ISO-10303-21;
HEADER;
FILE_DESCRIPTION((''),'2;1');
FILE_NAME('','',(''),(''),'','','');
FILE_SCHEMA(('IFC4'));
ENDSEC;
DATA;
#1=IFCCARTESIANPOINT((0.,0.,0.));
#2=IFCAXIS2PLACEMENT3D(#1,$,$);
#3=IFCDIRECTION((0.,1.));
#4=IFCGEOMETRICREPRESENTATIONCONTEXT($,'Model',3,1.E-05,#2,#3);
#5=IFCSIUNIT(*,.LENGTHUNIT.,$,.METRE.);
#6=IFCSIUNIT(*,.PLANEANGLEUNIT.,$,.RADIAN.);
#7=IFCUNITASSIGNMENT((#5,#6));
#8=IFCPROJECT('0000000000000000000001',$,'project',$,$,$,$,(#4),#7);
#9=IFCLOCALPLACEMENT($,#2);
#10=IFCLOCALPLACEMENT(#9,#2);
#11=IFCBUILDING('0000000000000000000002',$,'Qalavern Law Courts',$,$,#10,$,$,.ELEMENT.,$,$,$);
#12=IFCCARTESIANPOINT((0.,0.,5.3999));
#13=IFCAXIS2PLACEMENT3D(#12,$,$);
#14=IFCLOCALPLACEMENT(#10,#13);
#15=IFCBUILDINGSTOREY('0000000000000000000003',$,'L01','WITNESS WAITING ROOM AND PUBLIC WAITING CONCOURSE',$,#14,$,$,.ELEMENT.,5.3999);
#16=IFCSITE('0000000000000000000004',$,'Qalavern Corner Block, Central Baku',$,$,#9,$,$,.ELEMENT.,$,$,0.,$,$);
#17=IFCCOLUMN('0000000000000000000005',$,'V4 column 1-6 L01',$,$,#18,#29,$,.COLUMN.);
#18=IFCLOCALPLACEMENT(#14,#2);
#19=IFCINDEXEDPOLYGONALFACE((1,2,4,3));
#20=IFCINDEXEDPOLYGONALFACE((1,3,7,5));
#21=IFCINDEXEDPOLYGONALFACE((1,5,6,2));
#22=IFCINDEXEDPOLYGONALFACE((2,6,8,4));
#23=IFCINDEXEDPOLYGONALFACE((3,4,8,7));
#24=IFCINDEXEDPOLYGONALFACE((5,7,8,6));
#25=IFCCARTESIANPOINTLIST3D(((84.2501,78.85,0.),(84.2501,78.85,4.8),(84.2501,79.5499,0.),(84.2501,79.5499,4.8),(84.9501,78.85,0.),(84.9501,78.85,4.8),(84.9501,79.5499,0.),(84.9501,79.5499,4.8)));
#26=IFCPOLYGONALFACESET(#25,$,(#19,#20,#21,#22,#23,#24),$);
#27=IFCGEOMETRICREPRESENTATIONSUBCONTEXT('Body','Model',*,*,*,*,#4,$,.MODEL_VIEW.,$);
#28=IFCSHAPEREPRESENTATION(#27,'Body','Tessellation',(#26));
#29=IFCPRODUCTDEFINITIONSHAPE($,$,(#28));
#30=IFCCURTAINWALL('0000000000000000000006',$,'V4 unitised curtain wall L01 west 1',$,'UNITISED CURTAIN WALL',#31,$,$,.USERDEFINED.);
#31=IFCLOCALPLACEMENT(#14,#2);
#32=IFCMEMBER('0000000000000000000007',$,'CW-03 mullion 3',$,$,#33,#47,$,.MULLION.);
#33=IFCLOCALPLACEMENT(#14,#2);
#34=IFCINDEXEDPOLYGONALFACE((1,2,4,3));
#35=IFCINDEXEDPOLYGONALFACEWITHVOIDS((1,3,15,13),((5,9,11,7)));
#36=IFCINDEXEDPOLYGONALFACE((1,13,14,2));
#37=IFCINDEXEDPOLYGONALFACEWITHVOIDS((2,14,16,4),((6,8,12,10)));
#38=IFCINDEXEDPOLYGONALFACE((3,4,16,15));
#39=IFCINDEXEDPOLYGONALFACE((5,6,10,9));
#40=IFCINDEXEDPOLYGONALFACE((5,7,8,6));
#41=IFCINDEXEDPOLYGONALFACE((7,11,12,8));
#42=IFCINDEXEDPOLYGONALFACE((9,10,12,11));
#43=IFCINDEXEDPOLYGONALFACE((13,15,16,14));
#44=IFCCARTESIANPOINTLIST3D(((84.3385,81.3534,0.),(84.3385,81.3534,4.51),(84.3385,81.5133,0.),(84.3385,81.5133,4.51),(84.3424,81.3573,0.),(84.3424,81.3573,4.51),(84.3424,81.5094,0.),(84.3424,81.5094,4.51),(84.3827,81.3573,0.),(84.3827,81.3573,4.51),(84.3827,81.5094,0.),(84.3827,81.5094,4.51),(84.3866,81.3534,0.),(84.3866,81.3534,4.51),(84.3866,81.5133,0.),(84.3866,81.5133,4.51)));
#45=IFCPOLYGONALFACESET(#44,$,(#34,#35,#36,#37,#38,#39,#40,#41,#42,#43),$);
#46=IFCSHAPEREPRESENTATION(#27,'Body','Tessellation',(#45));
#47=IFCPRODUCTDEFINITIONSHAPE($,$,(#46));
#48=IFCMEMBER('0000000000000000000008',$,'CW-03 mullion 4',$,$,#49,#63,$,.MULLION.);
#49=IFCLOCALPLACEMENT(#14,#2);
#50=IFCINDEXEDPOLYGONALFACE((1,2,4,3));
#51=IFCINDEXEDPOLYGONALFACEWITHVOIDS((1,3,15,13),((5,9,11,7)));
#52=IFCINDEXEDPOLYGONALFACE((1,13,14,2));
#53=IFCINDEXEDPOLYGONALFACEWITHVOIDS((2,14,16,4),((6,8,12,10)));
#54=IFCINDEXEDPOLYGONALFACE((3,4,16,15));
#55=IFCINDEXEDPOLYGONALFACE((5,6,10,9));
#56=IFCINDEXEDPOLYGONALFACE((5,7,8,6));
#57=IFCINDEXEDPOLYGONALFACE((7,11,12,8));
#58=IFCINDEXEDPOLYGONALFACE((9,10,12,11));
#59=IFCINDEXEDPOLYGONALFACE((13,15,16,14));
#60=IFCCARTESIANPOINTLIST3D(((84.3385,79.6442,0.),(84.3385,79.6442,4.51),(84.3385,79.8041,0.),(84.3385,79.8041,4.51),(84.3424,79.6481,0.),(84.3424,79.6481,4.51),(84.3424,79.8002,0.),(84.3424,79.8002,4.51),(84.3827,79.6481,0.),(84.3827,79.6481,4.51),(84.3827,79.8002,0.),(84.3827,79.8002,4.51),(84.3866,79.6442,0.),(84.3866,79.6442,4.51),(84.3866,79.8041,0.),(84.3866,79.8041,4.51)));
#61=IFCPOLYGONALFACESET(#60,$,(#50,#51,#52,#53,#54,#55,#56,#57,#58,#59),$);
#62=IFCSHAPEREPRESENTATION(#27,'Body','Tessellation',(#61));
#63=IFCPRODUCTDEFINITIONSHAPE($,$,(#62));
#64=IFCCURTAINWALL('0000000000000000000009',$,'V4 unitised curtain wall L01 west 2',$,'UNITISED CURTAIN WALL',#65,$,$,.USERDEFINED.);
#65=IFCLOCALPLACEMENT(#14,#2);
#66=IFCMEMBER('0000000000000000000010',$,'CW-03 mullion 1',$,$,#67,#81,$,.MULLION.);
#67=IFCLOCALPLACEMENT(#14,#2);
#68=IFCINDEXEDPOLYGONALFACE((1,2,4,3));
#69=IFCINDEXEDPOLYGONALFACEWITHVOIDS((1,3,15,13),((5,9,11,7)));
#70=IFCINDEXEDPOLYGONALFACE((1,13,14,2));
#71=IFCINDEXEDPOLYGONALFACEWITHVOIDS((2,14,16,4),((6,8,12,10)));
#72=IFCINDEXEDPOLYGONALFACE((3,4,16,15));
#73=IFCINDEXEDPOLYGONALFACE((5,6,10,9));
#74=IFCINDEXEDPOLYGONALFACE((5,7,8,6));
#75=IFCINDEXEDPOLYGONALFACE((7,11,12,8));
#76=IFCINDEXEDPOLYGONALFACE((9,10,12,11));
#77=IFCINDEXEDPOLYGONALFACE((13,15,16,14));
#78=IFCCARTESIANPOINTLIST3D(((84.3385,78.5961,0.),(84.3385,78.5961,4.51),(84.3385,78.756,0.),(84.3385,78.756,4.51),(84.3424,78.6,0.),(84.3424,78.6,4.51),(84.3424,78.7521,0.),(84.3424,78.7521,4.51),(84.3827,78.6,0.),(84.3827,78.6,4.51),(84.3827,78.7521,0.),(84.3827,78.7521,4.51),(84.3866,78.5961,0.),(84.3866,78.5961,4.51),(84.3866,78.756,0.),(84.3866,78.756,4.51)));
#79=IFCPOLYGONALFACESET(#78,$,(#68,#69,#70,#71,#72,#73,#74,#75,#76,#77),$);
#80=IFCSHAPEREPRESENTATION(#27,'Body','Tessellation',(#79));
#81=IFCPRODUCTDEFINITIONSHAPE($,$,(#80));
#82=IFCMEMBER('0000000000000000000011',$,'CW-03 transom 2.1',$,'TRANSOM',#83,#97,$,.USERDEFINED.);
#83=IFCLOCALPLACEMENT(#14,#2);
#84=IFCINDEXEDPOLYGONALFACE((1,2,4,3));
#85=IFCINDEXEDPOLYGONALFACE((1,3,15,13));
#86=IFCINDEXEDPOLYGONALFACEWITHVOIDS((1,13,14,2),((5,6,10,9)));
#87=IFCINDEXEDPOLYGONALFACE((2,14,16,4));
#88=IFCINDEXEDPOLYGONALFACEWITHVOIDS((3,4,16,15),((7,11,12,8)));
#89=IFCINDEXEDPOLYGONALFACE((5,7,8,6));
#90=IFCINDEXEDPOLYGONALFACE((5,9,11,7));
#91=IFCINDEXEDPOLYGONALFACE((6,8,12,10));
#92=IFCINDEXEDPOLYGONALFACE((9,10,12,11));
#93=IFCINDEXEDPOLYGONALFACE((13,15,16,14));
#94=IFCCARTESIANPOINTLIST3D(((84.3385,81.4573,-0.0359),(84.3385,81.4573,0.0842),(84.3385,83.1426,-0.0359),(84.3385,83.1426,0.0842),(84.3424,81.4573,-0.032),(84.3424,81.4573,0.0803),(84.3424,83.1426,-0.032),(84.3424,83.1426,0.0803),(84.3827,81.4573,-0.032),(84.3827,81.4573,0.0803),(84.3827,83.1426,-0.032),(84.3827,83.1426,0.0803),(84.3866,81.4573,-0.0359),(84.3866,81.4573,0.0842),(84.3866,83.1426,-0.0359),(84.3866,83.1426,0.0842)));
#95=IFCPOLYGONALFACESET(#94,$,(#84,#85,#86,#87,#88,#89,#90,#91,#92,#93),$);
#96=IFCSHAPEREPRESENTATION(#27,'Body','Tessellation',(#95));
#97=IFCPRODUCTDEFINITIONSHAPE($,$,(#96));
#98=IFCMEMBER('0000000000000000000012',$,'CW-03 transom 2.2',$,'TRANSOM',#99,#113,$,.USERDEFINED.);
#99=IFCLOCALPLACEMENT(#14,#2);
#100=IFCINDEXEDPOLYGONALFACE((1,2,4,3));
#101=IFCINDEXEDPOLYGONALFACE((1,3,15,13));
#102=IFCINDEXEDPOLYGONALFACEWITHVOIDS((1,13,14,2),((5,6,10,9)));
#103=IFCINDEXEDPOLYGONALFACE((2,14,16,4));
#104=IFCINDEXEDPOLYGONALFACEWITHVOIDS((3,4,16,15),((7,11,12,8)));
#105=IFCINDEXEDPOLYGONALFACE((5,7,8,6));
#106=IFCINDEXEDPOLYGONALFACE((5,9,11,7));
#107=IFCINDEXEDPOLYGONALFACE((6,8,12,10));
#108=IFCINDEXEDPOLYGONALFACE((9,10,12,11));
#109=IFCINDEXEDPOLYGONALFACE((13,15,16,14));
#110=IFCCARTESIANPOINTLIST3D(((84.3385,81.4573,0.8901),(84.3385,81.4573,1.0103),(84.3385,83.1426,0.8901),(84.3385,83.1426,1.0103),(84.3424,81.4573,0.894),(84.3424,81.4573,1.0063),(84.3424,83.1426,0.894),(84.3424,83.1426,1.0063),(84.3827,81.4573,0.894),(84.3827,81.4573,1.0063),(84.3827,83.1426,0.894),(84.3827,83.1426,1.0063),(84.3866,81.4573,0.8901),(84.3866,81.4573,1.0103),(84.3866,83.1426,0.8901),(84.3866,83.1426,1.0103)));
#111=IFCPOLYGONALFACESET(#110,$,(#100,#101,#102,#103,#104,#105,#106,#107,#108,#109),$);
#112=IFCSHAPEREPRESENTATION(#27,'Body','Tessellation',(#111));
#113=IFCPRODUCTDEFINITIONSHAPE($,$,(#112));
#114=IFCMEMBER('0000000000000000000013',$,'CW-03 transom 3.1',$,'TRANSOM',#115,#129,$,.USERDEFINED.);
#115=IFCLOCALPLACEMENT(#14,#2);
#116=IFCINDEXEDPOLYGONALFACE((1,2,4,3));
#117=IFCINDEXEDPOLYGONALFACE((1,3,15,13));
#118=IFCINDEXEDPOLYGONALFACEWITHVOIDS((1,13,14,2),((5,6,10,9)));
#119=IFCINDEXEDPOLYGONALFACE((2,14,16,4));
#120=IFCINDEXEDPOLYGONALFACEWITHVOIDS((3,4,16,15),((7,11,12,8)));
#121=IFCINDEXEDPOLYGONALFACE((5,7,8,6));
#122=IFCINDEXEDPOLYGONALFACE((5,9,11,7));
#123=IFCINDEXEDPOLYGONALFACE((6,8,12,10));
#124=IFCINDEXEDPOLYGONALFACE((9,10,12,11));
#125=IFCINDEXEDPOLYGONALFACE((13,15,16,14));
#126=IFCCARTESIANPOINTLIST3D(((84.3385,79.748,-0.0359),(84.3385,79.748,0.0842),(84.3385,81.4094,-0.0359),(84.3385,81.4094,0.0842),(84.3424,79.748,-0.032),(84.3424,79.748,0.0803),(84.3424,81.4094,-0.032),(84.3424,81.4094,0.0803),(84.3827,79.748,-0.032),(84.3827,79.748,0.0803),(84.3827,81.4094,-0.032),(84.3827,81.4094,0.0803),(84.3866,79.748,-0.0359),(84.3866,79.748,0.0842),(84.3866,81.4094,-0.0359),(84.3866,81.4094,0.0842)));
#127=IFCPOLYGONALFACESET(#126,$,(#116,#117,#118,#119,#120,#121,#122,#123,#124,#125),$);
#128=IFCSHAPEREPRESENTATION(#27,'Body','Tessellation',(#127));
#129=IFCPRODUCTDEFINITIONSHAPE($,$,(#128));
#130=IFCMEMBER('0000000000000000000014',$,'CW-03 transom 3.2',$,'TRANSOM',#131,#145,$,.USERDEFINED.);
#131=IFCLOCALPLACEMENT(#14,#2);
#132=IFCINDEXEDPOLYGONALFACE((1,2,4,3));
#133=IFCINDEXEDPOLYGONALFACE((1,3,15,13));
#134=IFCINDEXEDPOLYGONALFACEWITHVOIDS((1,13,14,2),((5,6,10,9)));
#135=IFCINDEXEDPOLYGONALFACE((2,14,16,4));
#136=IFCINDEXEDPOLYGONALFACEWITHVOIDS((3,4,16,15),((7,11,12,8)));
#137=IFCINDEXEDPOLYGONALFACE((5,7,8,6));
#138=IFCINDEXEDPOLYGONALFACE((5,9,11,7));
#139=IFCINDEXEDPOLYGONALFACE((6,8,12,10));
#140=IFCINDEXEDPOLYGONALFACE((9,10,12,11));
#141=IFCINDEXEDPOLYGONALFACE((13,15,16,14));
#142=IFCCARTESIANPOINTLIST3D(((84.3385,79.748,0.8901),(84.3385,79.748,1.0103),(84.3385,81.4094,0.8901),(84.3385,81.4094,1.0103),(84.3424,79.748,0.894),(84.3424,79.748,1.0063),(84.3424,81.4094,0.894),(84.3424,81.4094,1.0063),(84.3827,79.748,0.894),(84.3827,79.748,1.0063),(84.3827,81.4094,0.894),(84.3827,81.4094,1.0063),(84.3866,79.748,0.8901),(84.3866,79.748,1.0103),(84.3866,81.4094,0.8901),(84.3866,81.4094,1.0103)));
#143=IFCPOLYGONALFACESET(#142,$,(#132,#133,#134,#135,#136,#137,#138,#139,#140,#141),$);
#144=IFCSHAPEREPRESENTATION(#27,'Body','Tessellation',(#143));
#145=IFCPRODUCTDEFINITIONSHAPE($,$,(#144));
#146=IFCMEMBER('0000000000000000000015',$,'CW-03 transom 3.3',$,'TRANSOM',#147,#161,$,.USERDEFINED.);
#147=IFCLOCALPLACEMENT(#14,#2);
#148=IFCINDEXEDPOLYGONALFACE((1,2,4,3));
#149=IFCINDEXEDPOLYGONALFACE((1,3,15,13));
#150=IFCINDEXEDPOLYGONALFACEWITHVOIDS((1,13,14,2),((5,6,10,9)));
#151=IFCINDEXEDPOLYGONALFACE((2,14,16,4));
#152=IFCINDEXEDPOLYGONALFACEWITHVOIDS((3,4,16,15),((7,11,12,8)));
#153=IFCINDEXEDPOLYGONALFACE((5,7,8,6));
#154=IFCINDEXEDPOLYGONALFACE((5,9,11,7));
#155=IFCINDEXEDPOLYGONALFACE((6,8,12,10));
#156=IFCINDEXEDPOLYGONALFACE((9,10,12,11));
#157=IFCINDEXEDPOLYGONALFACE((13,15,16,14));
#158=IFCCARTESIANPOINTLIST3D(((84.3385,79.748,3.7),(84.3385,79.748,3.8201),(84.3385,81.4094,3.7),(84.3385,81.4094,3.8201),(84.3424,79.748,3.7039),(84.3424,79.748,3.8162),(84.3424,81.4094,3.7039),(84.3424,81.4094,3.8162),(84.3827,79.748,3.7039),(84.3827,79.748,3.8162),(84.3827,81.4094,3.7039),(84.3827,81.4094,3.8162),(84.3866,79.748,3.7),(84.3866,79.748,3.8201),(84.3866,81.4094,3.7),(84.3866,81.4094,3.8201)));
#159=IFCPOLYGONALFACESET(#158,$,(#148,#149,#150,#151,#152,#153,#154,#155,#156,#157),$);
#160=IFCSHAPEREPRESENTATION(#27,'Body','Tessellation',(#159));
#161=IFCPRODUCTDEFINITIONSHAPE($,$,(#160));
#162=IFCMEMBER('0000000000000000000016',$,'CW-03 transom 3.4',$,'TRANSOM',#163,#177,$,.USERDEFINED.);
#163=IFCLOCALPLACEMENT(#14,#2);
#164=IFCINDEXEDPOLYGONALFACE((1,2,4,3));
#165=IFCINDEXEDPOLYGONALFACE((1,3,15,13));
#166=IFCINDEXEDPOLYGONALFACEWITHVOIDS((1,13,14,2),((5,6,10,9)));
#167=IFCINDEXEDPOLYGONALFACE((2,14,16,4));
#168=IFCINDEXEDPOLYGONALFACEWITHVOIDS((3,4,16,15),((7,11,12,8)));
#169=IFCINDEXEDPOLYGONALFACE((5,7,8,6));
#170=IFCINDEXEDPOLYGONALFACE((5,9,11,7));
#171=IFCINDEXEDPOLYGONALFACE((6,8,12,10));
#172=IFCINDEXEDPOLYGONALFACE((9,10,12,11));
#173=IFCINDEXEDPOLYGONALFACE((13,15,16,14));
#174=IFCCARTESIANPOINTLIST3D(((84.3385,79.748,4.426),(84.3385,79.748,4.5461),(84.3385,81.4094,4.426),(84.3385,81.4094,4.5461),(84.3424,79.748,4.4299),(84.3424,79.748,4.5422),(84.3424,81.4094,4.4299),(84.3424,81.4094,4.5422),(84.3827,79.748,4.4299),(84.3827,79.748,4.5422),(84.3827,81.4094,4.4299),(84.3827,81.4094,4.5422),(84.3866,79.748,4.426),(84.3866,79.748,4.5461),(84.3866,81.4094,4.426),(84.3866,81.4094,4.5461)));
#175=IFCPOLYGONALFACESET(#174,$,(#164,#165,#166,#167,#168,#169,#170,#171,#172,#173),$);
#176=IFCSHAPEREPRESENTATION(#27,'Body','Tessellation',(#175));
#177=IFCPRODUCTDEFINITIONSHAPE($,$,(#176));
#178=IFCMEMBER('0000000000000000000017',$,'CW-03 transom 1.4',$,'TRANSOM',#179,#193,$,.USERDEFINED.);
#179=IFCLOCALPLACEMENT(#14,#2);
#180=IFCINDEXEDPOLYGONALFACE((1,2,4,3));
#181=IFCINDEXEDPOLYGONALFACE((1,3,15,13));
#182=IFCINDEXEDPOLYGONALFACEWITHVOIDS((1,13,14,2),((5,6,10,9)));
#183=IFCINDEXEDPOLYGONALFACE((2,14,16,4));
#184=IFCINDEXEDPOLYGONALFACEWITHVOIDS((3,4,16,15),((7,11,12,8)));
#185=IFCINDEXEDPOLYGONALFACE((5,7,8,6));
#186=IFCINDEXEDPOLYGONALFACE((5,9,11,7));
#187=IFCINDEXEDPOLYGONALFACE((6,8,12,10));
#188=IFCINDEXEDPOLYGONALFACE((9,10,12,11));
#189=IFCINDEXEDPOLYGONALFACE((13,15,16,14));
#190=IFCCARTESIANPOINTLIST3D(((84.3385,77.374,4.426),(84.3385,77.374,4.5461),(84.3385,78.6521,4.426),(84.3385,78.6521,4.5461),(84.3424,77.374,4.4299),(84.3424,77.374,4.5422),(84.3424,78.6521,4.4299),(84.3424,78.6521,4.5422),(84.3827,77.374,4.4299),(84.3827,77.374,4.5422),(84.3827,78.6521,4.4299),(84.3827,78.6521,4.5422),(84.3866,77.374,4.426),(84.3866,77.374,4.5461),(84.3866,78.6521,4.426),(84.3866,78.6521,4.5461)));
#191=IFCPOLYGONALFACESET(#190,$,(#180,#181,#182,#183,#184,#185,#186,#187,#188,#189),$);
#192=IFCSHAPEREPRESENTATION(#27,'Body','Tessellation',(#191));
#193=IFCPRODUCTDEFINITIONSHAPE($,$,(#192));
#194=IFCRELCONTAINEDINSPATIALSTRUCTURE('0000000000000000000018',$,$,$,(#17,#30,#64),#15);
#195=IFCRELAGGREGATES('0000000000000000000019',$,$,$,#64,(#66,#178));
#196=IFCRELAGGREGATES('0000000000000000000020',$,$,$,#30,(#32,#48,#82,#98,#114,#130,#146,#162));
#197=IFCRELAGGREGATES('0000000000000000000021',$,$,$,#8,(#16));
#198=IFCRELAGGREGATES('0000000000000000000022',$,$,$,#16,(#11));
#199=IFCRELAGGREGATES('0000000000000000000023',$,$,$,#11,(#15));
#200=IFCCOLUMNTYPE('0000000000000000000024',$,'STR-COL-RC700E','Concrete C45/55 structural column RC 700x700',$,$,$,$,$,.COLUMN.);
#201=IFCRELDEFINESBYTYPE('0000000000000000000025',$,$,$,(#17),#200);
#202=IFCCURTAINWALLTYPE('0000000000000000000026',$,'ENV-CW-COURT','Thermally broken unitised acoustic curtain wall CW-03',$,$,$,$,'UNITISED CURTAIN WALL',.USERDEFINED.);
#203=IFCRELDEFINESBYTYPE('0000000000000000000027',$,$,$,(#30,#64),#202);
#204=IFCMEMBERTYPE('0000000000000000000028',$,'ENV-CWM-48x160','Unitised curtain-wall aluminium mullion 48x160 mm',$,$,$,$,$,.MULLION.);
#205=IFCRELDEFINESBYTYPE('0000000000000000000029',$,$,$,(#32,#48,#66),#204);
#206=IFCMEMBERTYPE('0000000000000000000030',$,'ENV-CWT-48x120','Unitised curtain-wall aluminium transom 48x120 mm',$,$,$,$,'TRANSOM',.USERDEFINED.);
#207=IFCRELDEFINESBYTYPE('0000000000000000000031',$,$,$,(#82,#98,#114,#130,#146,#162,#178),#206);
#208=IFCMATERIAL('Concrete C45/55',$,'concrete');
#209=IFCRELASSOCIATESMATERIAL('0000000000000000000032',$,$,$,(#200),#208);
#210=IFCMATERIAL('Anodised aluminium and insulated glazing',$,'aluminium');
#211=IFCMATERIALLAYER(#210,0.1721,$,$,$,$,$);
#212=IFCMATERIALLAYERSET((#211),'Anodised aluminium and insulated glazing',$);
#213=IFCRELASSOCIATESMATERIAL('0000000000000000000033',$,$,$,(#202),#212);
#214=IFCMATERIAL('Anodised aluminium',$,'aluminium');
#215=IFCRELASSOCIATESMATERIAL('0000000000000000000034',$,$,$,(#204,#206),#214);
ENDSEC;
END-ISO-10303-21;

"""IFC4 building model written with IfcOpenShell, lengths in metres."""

from ifc_helpers import new_model, si_unit, direction, frame, origin, origin_2d, place, context, subcontext, project, spatial, rectangle, hollow_rectangle, extrude, material, layer, layer_set, material_profile, profile_set, type_object, element, aggregate, save


model = new_model("IFC4")

# Units and contexts
model_context = context("Model", 3, precision=1e-05, world=origin(), true_north=direction((0.0, 1.0)))
body_context = subcontext(model_context, "Body", "Model", "MODEL_VIEW")
ifc_project = project(units=[si_unit("LENGTHUNIT", "METRE"), si_unit("PLANEANGLEUNIT", "RADIAN")], contexts=[model_context])

# Site, building, storey
site_placement = place(None, origin())
site = spatial("IfcSite", under=ifc_project, at=site_placement, Name="Qalavern Corner Block, Central Baku", CompositionType="ELEMENT", RefElevation=0.0)
building_placement = place(site_placement, origin())
building = spatial("IfcBuilding", under=site, at=building_placement, Name="Qalavern Law Courts", CompositionType="ELEMENT")
storey_placement = place(building_placement, frame((0.0, 0.0, 5.3999)))
storey = spatial("IfcBuildingStorey", under=building, at=storey_placement, Name="L01", Description="WITNESS WAITING ROOM AND PUBLIC WAITING CONCOURSE", CompositionType="ELEMENT", Elevation=5.3999)

# Column
ifc_material_1 = material(Name="Concrete C45/55", Category="concrete")
ifc_material_profile_1 = material_profile(ifc_material_1, rectangle(XDim=0.7, YDim=0.7, at=origin_2d()), Name="RC 700x700")
ifc_profile_set_1 = profile_set([ifc_material_profile_1], Name="Concrete C45/55")
column_type = type_object("IfcColumnType", Name="STR-COL-RC700E", Description="Concrete C45/55 structural column RC 700x700", PredefinedType="COLUMN", material=ifc_profile_set_1)
column_placement = place(storey_placement, frame((84.6001, 79.2, 0.0), z_axis=(0.0, 0.0, 1.0), x_axis=(1.0, 0.0, 0.0)))
element("IfcColumn", 1, at=column_placement, inside=storey, type_object=column_type, Name="V4 column 1-6 L01", PredefinedType="COLUMN", context=body_context, shape_type="SweptSolid", body=[
    extrude(rectangle(XDim=0.7, YDim=0.7, at=origin_2d()), origin(), (0.0, 0.0, 1.0), 4.8),
])

# Curtain wall, members
ifc_material_2 = material(Name="Anodised aluminium and insulated glazing", Category="aluminium")
ifc_layer_1 = layer(ifc_material_2, 0.1721)
ifc_layer_set_1 = layer_set([ifc_layer_1], Name="Anodised aluminium and insulated glazing")
curtain_wall_type = type_object("IfcCurtainWallType", Name="ENV-CW-COURT", Description="Thermally broken unitised acoustic curtain wall CW-03", ElementType="UNITISED CURTAIN WALL", PredefinedType="USERDEFINED", material=ifc_layer_set_1)
curtain_wall_1_placement = place(storey_placement, origin())
curtain_wall_1 = element("IfcCurtainWall", 2, at=curtain_wall_1_placement, inside=storey, type_object=curtain_wall_type, Name="V4 unitised curtain wall L01 west 1", ObjectType="UNITISED CURTAIN WALL", PredefinedType="USERDEFINED")
ifc_material_3 = material(Name="Anodised aluminium", Category="aluminium")
ifc_material_profile_2 = material_profile(ifc_material_3, hollow_rectangle(XDim=0.0481, YDim=0.1599, WallThickness=0.0039, at=origin_2d()), Name="ALU MULLION 48x160")
ifc_profile_set_2 = profile_set([ifc_material_profile_2], Name="Anodised aluminium")
member_type_1 = type_object("IfcMemberType", Name="ENV-CWM-48x160", Description="Unitised curtain-wall aluminium mullion 48x160 mm", PredefinedType="MULLION", material=ifc_profile_set_2)
member_1_placement = place(storey_placement, frame((84.3625, 81.4333, 0.0), z_axis=(0.0, 0.0, 1.0), x_axis=(1.0, 0.0, 0.0)))
member_1 = element("IfcMember", 3, at=member_1_placement, type_object=member_type_1, Name="CW-03 mullion 3", PredefinedType="MULLION", context=body_context, shape_type="SweptSolid", body=[
    extrude(hollow_rectangle(XDim=0.0481, YDim=0.1599, WallThickness=0.0039, at=origin_2d()), origin(), (0.0, 0.0, 1.0), 4.51),
])
member_2_placement = place(storey_placement, frame((84.3625, 79.7241, 0.0), z_axis=(0.0, 0.0, 1.0), x_axis=(1.0, 0.0, 0.0)))
member_2 = element("IfcMember", 4, at=member_2_placement, type_object=member_type_1, Name="CW-03 mullion 4", PredefinedType="MULLION", context=body_context, shape_type="SweptSolid", body=[
    extrude(hollow_rectangle(XDim=0.0481, YDim=0.1599, WallThickness=0.0039, at=origin_2d()), origin(), (0.0, 0.0, 1.0), 4.51),
])

# Curtain wall, member
curtain_wall_2_placement = place(storey_placement, origin())
curtain_wall_2 = element("IfcCurtainWall", 5, at=curtain_wall_2_placement, inside=storey, type_object=curtain_wall_type, Name="V4 unitised curtain wall L01 west 2", ObjectType="UNITISED CURTAIN WALL", PredefinedType="USERDEFINED")
member_3_placement = place(storey_placement, frame((84.3625, 78.676, 0.0), z_axis=(0.0, 0.0, 1.0), x_axis=(1.0, 0.0, 0.0)))
member_3 = element("IfcMember", 6, at=member_3_placement, type_object=member_type_1, Name="CW-03 mullion 1", PredefinedType="MULLION", context=body_context, shape_type="SweptSolid", body=[
    extrude(hollow_rectangle(XDim=0.0481, YDim=0.1599, WallThickness=0.0039, at=origin_2d()), origin(), (0.0, 0.0, 1.0), 4.51),
])

# Members
ifc_material_profile_3 = material_profile(ifc_material_3, hollow_rectangle(XDim=0.0481, YDim=0.1201, WallThickness=0.0039, at=origin_2d()), Name="ALU TRANSOM 48x120")
ifc_profile_set_3 = profile_set([ifc_material_profile_3], Name="Anodised aluminium")
member_type_2 = type_object("IfcMemberType", Name="ENV-CWT-48x120", Description="Unitised curtain-wall aluminium transom 48x120 mm", ElementType="TRANSOM", PredefinedType="USERDEFINED", material=ifc_profile_set_3)
member_4_placement = place(storey_placement, frame((84.3625, 83.1426, 0.0242), z_axis=(0.0, -1.0, 0.0), x_axis=(1.0, 0.0, 0.0)))
member_4 = element("IfcMember", 7, at=member_4_placement, type_object=member_type_2, Name="CW-03 transom 2.1", ObjectType="TRANSOM", PredefinedType="USERDEFINED", context=body_context, shape_type="SweptSolid", body=[
    extrude(hollow_rectangle(XDim=0.0481, YDim=0.1201, WallThickness=0.0039, at=origin_2d()), origin(), (0.0, 0.0, 1.0), 1.6853),
])
member_5_placement = place(storey_placement, frame((84.3625, 83.1426, 0.9502), z_axis=(0.0, -1.0, 0.0), x_axis=(1.0, 0.0, 0.0)))
member_5 = element("IfcMember", 8, at=member_5_placement, type_object=member_type_2, Name="CW-03 transom 2.2", ObjectType="TRANSOM", PredefinedType="USERDEFINED", context=body_context, shape_type="SweptSolid", body=[
    extrude(hollow_rectangle(XDim=0.0481, YDim=0.1201, WallThickness=0.0039, at=origin_2d()), origin(), (0.0, 0.0, 1.0), 1.6853),
])
member_6_placement = place(storey_placement, frame((84.3625, 81.4094, 0.0242), z_axis=(0.0, -1.0, 0.0), x_axis=(1.0, 0.0, 0.0)))
member_6 = element("IfcMember", 9, at=member_6_placement, type_object=member_type_2, Name="CW-03 transom 3.1", ObjectType="TRANSOM", PredefinedType="USERDEFINED", context=body_context, shape_type="SweptSolid", body=[
    extrude(hollow_rectangle(XDim=0.0481, YDim=0.1201, WallThickness=0.0039, at=origin_2d()), origin(), (0.0, 0.0, 1.0), 1.6614),
])
member_7_placement = place(storey_placement, frame((84.3625, 81.4094, 0.9502), z_axis=(0.0, -1.0, 0.0), x_axis=(1.0, 0.0, 0.0)))
member_7 = element("IfcMember", 10, at=member_7_placement, type_object=member_type_2, Name="CW-03 transom 3.2", ObjectType="TRANSOM", PredefinedType="USERDEFINED", context=body_context, shape_type="SweptSolid", body=[
    extrude(hollow_rectangle(XDim=0.0481, YDim=0.1201, WallThickness=0.0039, at=origin_2d()), origin(), (0.0, 0.0, 1.0), 1.6614),
])
member_8_placement = place(storey_placement, frame((84.3625, 81.4094, 3.76), z_axis=(0.0, -1.0, 0.0), x_axis=(1.0, 0.0, 0.0)))
member_8 = element("IfcMember", 11, at=member_8_placement, type_object=member_type_2, Name="CW-03 transom 3.3", ObjectType="TRANSOM", PredefinedType="USERDEFINED", context=body_context, shape_type="SweptSolid", body=[
    extrude(hollow_rectangle(XDim=0.0481, YDim=0.1201, WallThickness=0.0039, at=origin_2d()), origin(), (0.0, 0.0, 1.0), 1.6614),
])
member_9_placement = place(storey_placement, frame((84.3625, 81.4094, 4.4861), z_axis=(0.0, -1.0, 0.0), x_axis=(1.0, 0.0, 0.0)))
member_9 = element("IfcMember", 12, at=member_9_placement, type_object=member_type_2, Name="CW-03 transom 3.4", ObjectType="TRANSOM", PredefinedType="USERDEFINED", context=body_context, shape_type="SweptSolid", body=[
    extrude(hollow_rectangle(XDim=0.0481, YDim=0.1201, WallThickness=0.0039, at=origin_2d()), origin(), (0.0, 0.0, 1.0), 1.6614),
])
member_10_placement = place(storey_placement, frame((84.3625, 78.6521, 4.4861), z_axis=(0.0, -1.0, 0.0), x_axis=(1.0, 0.0, 0.0)))
member_10 = element("IfcMember", 13, at=member_10_placement, type_object=member_type_2, Name="CW-03 transom 1.4", ObjectType="TRANSOM", PredefinedType="USERDEFINED", context=body_context, shape_type="SweptSolid", body=[
    extrude(hollow_rectangle(XDim=0.0481, YDim=0.1201, WallThickness=0.0039, at=origin_2d()), origin(), (0.0, 0.0, 1.0), 1.2781),
])
aggregate(curtain_wall_2, [member_3, member_10])

aggregate(curtain_wall_1, [member_1, member_2, member_4, member_5, member_6, member_7, member_8, member_9])

save(model, "model.ifc")
